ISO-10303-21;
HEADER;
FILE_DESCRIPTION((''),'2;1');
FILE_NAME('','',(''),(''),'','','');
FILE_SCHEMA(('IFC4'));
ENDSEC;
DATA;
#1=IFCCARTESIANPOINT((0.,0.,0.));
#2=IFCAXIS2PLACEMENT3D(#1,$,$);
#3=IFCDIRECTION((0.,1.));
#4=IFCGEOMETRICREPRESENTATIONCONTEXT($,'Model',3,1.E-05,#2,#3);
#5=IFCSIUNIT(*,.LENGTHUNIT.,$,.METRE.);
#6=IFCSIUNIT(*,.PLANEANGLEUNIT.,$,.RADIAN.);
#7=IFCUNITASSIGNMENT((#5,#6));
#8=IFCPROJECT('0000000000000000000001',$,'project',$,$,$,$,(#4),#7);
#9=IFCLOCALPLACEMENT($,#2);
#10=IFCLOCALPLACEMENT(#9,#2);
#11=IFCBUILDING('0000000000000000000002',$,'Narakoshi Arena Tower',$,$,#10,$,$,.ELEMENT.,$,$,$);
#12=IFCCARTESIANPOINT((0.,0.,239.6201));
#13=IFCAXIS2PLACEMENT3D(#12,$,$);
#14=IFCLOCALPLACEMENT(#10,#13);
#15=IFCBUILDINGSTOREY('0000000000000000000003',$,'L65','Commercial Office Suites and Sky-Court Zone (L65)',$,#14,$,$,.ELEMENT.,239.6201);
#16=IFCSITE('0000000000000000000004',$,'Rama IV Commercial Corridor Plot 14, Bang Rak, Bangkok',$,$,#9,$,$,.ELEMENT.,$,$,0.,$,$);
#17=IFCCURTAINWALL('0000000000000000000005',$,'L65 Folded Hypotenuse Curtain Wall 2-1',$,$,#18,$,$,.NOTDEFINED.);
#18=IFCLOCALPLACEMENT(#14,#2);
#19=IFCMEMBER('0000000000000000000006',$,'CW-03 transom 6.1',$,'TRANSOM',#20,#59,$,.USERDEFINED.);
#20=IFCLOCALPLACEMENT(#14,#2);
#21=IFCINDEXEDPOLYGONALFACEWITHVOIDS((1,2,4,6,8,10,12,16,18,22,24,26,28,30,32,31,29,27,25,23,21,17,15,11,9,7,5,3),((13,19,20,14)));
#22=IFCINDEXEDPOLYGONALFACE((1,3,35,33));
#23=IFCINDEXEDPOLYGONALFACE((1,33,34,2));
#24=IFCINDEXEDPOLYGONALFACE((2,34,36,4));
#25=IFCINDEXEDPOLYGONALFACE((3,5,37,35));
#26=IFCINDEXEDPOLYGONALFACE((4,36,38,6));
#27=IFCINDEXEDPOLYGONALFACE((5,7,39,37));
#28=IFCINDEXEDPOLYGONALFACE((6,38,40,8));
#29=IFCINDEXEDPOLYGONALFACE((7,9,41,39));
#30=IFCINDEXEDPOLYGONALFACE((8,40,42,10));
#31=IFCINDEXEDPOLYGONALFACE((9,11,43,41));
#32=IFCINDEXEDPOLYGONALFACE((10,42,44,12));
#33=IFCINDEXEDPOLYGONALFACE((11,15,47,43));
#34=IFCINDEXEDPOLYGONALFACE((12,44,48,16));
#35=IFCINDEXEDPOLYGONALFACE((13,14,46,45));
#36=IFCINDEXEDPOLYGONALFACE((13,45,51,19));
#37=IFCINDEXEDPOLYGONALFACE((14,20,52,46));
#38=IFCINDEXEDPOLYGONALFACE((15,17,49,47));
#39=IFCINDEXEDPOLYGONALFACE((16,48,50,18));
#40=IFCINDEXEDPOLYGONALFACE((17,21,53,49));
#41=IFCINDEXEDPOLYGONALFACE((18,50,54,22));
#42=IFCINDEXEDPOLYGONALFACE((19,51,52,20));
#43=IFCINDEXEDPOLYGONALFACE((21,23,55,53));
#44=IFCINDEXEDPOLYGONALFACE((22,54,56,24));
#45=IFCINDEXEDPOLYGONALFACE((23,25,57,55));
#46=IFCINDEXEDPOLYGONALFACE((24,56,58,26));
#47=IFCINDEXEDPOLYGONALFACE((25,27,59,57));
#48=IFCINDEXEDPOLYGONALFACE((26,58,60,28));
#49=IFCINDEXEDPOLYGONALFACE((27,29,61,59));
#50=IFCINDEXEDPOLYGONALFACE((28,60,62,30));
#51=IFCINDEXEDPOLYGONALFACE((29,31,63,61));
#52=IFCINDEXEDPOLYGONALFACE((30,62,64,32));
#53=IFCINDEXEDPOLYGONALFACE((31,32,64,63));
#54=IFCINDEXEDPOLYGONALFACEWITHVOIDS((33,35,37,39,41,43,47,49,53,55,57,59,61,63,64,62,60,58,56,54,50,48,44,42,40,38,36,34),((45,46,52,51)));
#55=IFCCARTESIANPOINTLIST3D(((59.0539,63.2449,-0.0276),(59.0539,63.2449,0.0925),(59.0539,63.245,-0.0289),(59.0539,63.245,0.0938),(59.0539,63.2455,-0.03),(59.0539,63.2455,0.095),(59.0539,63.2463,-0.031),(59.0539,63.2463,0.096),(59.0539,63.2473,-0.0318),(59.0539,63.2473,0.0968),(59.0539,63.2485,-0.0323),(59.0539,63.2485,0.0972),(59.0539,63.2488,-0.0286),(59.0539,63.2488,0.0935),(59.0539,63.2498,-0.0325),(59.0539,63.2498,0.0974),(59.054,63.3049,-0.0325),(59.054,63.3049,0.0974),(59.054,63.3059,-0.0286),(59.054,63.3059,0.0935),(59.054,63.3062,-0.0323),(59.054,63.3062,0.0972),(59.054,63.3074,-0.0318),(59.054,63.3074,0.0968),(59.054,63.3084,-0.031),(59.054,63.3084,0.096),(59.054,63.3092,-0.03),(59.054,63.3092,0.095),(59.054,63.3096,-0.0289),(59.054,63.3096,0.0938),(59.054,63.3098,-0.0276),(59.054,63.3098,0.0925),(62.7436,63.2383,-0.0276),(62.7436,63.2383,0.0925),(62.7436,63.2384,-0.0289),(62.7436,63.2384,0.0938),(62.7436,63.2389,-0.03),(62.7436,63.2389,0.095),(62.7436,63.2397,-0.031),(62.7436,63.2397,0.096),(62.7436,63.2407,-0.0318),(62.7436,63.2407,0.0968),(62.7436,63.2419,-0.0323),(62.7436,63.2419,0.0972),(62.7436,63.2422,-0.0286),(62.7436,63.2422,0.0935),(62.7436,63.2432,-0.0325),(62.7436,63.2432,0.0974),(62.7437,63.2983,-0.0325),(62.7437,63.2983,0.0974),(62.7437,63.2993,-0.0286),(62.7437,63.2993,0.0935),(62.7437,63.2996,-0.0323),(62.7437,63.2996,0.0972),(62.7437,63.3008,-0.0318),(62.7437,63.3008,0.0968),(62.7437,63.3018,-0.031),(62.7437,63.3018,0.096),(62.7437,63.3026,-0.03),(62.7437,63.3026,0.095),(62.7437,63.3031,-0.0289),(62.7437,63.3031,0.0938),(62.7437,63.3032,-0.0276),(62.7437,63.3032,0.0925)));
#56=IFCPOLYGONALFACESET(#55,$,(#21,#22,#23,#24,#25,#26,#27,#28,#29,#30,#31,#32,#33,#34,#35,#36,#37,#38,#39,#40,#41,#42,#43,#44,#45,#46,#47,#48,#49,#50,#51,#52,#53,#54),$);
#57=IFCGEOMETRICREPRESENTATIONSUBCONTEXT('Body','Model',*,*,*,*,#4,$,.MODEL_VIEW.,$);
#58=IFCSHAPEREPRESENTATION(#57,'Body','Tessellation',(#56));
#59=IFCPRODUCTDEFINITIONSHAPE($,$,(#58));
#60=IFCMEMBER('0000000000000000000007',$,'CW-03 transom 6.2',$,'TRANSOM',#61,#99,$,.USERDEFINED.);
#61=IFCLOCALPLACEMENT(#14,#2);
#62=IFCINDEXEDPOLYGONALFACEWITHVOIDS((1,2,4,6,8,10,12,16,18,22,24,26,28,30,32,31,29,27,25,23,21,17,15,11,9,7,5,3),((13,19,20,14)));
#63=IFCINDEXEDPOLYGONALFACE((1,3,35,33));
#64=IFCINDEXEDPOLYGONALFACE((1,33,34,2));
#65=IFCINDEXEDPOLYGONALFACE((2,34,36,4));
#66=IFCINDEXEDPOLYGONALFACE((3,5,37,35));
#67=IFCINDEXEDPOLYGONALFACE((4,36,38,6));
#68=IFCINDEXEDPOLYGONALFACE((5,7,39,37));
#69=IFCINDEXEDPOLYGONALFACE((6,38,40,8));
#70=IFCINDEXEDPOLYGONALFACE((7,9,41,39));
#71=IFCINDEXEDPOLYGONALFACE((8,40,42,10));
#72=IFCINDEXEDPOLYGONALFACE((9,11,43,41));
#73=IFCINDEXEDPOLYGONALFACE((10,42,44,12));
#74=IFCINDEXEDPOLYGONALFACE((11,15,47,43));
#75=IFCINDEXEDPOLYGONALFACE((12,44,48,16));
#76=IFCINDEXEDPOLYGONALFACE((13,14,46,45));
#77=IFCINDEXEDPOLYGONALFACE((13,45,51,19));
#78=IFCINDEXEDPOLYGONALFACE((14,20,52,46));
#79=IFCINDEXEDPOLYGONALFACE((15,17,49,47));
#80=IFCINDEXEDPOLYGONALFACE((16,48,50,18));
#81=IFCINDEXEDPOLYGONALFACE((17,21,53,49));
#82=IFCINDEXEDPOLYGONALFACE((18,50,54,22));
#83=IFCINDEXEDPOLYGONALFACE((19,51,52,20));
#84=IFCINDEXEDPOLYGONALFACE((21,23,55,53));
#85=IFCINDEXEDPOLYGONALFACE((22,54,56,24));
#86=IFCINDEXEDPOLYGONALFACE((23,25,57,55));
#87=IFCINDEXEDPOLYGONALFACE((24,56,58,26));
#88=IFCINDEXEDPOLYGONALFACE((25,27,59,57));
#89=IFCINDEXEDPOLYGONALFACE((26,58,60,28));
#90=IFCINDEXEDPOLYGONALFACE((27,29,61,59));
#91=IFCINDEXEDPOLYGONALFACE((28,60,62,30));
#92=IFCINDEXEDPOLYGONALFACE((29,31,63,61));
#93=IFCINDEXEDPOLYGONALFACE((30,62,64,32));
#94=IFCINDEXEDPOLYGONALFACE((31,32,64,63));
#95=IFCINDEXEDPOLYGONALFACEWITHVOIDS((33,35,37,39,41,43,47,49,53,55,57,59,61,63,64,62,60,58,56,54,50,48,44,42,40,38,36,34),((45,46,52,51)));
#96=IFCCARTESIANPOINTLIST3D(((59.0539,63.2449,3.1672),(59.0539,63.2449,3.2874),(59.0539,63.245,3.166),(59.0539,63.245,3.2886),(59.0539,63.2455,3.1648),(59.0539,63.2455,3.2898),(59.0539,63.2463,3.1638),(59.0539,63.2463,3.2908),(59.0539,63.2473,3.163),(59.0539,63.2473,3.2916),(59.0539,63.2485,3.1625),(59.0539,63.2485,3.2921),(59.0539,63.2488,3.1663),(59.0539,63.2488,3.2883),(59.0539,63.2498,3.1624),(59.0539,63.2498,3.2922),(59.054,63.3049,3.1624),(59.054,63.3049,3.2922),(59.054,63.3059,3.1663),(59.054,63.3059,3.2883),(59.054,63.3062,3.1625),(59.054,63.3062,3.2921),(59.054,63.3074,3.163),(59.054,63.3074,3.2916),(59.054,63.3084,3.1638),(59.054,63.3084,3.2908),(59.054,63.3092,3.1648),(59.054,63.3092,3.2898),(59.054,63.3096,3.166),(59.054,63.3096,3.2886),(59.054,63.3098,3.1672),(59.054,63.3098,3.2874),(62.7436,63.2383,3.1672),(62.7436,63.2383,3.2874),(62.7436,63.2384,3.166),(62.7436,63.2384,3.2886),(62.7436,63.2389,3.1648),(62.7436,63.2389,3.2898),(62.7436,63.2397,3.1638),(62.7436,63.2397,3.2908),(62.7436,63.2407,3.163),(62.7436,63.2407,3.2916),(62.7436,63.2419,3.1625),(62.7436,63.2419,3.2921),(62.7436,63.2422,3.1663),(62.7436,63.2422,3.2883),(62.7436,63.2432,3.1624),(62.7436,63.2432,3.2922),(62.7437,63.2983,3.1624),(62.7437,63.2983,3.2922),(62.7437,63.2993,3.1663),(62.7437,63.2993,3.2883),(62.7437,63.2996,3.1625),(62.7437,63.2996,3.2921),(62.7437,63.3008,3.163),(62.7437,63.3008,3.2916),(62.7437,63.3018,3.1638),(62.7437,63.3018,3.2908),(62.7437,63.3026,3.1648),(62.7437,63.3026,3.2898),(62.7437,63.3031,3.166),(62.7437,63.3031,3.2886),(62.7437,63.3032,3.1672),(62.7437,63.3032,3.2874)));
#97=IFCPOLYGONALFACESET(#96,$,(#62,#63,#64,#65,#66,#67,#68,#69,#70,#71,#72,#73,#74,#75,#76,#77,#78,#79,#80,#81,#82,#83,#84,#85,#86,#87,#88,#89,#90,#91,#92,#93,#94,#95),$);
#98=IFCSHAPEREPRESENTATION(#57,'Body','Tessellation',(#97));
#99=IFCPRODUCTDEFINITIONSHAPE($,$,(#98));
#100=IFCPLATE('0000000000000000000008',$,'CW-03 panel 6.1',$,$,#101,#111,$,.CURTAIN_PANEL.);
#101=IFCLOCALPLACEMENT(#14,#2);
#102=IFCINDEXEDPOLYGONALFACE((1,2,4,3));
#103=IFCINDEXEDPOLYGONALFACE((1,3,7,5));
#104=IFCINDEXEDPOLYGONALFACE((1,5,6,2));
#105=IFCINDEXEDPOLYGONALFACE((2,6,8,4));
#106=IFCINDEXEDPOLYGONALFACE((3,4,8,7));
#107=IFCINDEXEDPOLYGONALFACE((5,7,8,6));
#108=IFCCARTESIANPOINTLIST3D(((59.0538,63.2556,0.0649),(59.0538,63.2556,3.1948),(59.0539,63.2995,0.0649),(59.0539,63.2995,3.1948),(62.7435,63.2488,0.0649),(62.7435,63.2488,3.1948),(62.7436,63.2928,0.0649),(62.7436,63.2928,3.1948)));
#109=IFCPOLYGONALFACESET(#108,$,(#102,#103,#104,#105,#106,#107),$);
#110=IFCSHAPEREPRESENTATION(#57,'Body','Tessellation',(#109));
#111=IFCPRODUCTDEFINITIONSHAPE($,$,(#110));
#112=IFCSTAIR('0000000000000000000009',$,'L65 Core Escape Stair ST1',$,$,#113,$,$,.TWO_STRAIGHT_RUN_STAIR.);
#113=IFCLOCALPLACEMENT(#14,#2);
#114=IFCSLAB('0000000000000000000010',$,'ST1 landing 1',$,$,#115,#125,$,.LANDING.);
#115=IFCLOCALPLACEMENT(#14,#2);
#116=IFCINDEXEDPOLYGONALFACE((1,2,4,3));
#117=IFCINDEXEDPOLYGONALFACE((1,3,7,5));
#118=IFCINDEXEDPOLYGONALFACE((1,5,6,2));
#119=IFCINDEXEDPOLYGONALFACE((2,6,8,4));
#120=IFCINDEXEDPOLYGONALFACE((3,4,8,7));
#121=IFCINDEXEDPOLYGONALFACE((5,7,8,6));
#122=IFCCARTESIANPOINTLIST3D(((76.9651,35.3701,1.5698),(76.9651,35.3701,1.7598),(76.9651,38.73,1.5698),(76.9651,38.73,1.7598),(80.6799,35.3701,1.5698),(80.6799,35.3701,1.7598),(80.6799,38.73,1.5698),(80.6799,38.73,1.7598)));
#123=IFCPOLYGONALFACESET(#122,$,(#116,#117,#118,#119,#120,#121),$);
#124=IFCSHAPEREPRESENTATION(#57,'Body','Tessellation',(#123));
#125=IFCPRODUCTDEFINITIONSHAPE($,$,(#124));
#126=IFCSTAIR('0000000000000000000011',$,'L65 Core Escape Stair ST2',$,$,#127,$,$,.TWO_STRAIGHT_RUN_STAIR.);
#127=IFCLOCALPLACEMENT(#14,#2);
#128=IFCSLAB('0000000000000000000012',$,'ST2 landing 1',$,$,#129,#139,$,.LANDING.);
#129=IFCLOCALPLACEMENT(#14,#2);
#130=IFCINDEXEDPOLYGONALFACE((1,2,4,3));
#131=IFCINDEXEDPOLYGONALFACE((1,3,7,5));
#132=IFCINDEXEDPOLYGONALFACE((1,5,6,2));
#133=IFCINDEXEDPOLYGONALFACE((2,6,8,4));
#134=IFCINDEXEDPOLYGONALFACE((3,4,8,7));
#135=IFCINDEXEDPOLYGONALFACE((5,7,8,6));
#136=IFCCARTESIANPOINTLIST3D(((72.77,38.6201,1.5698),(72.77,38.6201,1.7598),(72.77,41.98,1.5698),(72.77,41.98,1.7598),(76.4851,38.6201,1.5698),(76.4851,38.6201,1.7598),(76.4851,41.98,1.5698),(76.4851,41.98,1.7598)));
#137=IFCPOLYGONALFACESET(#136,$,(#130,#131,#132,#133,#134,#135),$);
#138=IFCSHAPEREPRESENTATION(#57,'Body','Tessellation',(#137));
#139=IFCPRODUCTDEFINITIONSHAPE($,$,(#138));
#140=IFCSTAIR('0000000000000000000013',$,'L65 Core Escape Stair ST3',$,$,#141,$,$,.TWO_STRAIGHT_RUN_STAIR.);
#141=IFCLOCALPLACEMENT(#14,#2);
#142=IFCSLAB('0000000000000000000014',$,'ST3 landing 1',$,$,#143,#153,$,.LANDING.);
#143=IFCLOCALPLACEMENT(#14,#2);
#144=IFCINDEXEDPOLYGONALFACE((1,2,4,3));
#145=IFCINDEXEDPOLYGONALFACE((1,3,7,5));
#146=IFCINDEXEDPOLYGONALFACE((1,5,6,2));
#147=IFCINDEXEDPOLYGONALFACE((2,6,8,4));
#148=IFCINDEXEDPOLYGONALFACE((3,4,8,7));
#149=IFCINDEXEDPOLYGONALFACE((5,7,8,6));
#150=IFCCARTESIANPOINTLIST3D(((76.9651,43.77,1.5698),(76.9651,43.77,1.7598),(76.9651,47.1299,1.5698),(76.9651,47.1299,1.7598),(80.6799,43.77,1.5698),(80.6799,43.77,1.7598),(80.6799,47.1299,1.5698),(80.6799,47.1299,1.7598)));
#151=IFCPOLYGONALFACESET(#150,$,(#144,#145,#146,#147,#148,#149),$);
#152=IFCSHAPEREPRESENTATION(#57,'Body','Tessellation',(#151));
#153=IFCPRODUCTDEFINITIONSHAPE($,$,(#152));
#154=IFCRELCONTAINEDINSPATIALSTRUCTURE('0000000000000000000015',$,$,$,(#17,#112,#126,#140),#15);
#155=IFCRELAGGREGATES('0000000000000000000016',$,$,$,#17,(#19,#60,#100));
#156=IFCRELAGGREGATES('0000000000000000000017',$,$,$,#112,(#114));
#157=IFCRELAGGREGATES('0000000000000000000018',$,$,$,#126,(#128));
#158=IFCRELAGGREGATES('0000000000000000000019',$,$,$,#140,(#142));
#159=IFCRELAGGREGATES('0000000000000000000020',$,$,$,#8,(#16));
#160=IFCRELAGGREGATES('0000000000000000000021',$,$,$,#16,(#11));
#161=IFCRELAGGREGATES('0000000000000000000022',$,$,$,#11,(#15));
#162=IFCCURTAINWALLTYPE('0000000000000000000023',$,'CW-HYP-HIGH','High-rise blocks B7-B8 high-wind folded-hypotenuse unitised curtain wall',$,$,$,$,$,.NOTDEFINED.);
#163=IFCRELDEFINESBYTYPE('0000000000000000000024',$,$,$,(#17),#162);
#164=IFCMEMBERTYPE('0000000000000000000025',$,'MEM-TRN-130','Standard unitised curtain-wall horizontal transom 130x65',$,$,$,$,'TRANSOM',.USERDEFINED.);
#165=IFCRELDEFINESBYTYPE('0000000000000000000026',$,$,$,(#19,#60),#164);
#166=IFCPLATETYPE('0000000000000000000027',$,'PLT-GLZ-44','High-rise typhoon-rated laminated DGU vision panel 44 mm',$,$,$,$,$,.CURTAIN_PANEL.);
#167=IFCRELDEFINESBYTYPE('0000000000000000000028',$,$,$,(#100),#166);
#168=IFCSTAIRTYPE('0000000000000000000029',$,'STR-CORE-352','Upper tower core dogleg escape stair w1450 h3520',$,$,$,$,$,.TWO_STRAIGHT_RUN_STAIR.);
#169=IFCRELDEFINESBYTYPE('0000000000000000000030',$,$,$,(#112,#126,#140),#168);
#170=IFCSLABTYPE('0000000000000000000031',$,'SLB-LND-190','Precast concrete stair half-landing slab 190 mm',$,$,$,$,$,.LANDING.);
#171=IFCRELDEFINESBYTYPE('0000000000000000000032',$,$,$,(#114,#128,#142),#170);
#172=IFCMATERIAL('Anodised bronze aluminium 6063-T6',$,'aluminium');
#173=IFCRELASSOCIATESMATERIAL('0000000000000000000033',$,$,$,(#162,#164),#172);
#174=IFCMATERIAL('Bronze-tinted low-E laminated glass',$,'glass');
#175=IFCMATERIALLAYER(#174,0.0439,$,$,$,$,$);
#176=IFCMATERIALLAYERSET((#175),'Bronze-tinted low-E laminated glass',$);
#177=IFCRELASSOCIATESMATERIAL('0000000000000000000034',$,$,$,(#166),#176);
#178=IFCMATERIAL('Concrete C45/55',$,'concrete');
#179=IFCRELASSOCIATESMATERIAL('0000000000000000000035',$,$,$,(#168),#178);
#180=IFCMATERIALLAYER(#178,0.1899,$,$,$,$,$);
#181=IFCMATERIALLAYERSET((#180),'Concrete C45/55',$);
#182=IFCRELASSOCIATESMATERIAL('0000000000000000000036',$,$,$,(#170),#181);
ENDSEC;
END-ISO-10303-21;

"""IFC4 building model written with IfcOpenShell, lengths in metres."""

from ifc_helpers import new_model, si_unit, direction, frame, origin, origin_2d, place, context, subcontext, project, spatial, polyline, rectangle, hollow_rectangle, outline, extrude, material, layer, layer_set, material_profile, profile_set, type_object, element, aggregate, save


model = new_model("IFC4")

# Units and contexts
model_context = context("Model", 3, precision=1e-05, world=origin(), true_north=direction((0.0, 1.0)))
body_context = subcontext(model_context, "Body", "Model", "MODEL_VIEW")
ifc_project = project(units=[si_unit("LENGTHUNIT", "METRE"), si_unit("PLANEANGLEUNIT", "RADIAN")], contexts=[model_context])

# Site, building, storey
site_placement = place(None, origin())
site = spatial("IfcSite", under=ifc_project, at=site_placement, Name="Rama IV Commercial Corridor Plot 14, Bang Rak, Bangkok", CompositionType="ELEMENT", RefElevation=0.0)
building_placement = place(site_placement, origin())
building = spatial("IfcBuilding", under=site, at=building_placement, Name="Narakoshi Arena Tower", CompositionType="ELEMENT")
storey_placement = place(building_placement, frame((0.0, 0.0, 239.6201)))
storey = spatial("IfcBuildingStorey", under=building, at=storey_placement, Name="L65", Description="Commercial Office Suites and Sky-Court Zone (L65)", CompositionType="ELEMENT", Elevation=239.6201)

# Curtain wall, members, plate
ifc_material_1 = material(Name="Anodised bronze aluminium 6063-T6", Category="aluminium")
curtain_wall_type = type_object("IfcCurtainWallType", Name="CW-HYP-HIGH", Description="High-rise blocks B7-B8 high-wind folded-hypotenuse unitised curtain wall", PredefinedType="NOTDEFINED", material=ifc_material_1)
curtain_wall_placement = place(storey_placement, origin())
curtain_wall = element("IfcCurtainWall", 1, at=curtain_wall_placement, inside=storey, type_object=curtain_wall_type, Name="L65 Folded Hypotenuse Curtain Wall 2-1", PredefinedType="NOTDEFINED")
ifc_material_profile_1 = material_profile(ifc_material_1, hollow_rectangle(XDim=0.0649, YDim=0.1299, WallThickness=0.0039, OuterFilletRadius=0.0049, at=origin_2d()), Name="TRN130x65x4")
ifc_profile_set_1 = profile_set([ifc_material_profile_1], Name="Anodised bronze aluminium 6063-T6")
member_type_1 = type_object("IfcMemberType", Name="MEM-TRN-130", Description="Standard unitised curtain-wall horizontal transom 130x65", ElementType="TRANSOM", PredefinedType="USERDEFINED", material=ifc_profile_set_1)
member_1_placement = place(storey_placement, frame((62.7437, 63.2708, 0.0325), z_axis=(-0.999998, 0.001787, 0.0), x_axis=(-0.001787, -0.999998, 0.0)))
member_1 = element("IfcMember", 2, at=member_1_placement, type_object=member_type_1, Name="CW-03 transom 6.1", ObjectType="TRANSOM", PredefinedType="USERDEFINED", context=body_context, shape_type="SweptSolid", body=[
    extrude(hollow_rectangle(XDim=0.0649, YDim=0.1299, WallThickness=0.0039, OuterFilletRadius=0.0049, at=origin_2d()), origin(), (0.0, 0.0, 1.0), 3.6897),
])
member_2_placement = place(storey_placement, frame((62.7437, 63.2708, 3.2273), z_axis=(-0.999998, 0.001787, 0.0), x_axis=(-0.001787, -0.999998, 0.0)))
member_2 = element("IfcMember", 3, at=member_2_placement, type_object=member_type_1, Name="CW-03 transom 6.2", ObjectType="TRANSOM", PredefinedType="USERDEFINED", context=body_context, shape_type="SweptSolid", body=[
    extrude(hollow_rectangle(XDim=0.0649, YDim=0.1299, WallThickness=0.0039, OuterFilletRadius=0.0049, at=origin_2d()), origin(), (0.0, 0.0, 1.0), 3.6897),
])
ifc_material_2 = material(Name="Bronze-tinted low-E laminated glass", Category="glass")
ifc_layer_1 = layer(ifc_material_2, 0.0439)
ifc_layer_set_1 = layer_set([ifc_layer_1], Name="Bronze-tinted low-E laminated glass")
plate_type = type_object("IfcPlateType", Name="PLT-GLZ-44", Description="High-rise typhoon-rated laminated DGU vision panel 44 mm", PredefinedType="CURTAIN_PANEL", material=ifc_layer_set_1)
plate_placement = place(storey_placement, frame((60.8987, 63.2742, 0.0649), z_axis=(0.0, 0.0, 1.0), x_axis=(-0.999998, 0.00182, 0.0)))
plate = element("IfcPlate", 4, at=plate_placement, type_object=plate_type, Name="CW-03 panel 6.1", PredefinedType="CURTAIN_PANEL", context=body_context, shape_type="SweptSolid", body=[
    extrude(rectangle(XDim=3.6897, YDim=0.0439, at=origin_2d()), origin(), (0.0, 0.0, 1.0), 3.1299),
])
aggregate(curtain_wall, [member_1, member_2, plate])

# Stairs, slabs
ifc_material_3 = material(Name="Concrete C45/55", Category="concrete")
stair_type = type_object("IfcStairType", Name="STR-CORE-352", Description="Upper tower core dogleg escape stair w1450 h3520", PredefinedType="TWO_STRAIGHT_RUN_STAIR", material=ifc_material_3)
stair_1_placement = place(storey_placement, origin())
stair_1 = element("IfcStair", 5, at=stair_1_placement, inside=storey, type_object=stair_type, Name="L65 Core Escape Stair ST1", PredefinedType="TWO_STRAIGHT_RUN_STAIR")
ifc_layer_2 = layer(ifc_material_3, 0.1899)
ifc_layer_set_2 = layer_set([ifc_layer_2], Name="Concrete C45/55")
slab_type_1 = type_object("IfcSlabType", Name="SLB-LND-190", Description="Precast concrete stair half-landing slab 190 mm", PredefinedType="LANDING", material=ifc_layer_set_2)
slab_1_placement = place(storey_placement, frame((0.0, 0.0, 1.5698)))
slab_1 = element("IfcSlab", 6, at=slab_1_placement, type_object=slab_type_1, Name="ST1 landing 1", PredefinedType="LANDING", context=body_context, shape_type="SweptSolid", body=[
    extrude(outline(polyline([(76.9651, 35.3701), (80.6799, 35.3701), (80.6799, 38.73), (76.9651, 38.73), (76.9651, 35.3701)])), origin(), (0.0, 0.0, 1.0), 0.1899),
])
aggregate(stair_1, [slab_1])
stair_2_placement = place(storey_placement, origin())
stair_2 = element("IfcStair", 7, at=stair_2_placement, inside=storey, type_object=stair_type, Name="L65 Core Escape Stair ST2", PredefinedType="TWO_STRAIGHT_RUN_STAIR")
slab_2_placement = place(storey_placement, frame((0.0, 0.0, 1.5698)))
slab_2 = element("IfcSlab", 8, at=slab_2_placement, type_object=slab_type_1, Name="ST2 landing 1", PredefinedType="LANDING", context=body_context, shape_type="SweptSolid", body=[
    extrude(outline(polyline([(72.77, 38.6201), (76.4851, 38.6201), (76.4851, 41.98), (72.77, 41.98), (72.77, 38.6201)])), origin(), (0.0, 0.0, 1.0), 0.1899),
])
aggregate(stair_2, [slab_2])
stair_3_placement = place(storey_placement, origin())
stair_3 = element("IfcStair", 9, at=stair_3_placement, inside=storey, type_object=stair_type, Name="L65 Core Escape Stair ST3", PredefinedType="TWO_STRAIGHT_RUN_STAIR")
slab_3_placement = place(storey_placement, frame((0.0, 0.0, 1.5698)))
slab_3 = element("IfcSlab", 10, at=slab_3_placement, type_object=slab_type_1, Name="ST3 landing 1", PredefinedType="LANDING", context=body_context, shape_type="SweptSolid", body=[
    extrude(outline(polyline([(76.9651, 43.77), (80.6799, 43.77), (80.6799, 47.1299), (76.9651, 47.1299), (76.9651, 43.77)])), origin(), (0.0, 0.0, 1.0), 0.1899),
])
aggregate(stair_3, [slab_3])

save(model, "model.ifc")
